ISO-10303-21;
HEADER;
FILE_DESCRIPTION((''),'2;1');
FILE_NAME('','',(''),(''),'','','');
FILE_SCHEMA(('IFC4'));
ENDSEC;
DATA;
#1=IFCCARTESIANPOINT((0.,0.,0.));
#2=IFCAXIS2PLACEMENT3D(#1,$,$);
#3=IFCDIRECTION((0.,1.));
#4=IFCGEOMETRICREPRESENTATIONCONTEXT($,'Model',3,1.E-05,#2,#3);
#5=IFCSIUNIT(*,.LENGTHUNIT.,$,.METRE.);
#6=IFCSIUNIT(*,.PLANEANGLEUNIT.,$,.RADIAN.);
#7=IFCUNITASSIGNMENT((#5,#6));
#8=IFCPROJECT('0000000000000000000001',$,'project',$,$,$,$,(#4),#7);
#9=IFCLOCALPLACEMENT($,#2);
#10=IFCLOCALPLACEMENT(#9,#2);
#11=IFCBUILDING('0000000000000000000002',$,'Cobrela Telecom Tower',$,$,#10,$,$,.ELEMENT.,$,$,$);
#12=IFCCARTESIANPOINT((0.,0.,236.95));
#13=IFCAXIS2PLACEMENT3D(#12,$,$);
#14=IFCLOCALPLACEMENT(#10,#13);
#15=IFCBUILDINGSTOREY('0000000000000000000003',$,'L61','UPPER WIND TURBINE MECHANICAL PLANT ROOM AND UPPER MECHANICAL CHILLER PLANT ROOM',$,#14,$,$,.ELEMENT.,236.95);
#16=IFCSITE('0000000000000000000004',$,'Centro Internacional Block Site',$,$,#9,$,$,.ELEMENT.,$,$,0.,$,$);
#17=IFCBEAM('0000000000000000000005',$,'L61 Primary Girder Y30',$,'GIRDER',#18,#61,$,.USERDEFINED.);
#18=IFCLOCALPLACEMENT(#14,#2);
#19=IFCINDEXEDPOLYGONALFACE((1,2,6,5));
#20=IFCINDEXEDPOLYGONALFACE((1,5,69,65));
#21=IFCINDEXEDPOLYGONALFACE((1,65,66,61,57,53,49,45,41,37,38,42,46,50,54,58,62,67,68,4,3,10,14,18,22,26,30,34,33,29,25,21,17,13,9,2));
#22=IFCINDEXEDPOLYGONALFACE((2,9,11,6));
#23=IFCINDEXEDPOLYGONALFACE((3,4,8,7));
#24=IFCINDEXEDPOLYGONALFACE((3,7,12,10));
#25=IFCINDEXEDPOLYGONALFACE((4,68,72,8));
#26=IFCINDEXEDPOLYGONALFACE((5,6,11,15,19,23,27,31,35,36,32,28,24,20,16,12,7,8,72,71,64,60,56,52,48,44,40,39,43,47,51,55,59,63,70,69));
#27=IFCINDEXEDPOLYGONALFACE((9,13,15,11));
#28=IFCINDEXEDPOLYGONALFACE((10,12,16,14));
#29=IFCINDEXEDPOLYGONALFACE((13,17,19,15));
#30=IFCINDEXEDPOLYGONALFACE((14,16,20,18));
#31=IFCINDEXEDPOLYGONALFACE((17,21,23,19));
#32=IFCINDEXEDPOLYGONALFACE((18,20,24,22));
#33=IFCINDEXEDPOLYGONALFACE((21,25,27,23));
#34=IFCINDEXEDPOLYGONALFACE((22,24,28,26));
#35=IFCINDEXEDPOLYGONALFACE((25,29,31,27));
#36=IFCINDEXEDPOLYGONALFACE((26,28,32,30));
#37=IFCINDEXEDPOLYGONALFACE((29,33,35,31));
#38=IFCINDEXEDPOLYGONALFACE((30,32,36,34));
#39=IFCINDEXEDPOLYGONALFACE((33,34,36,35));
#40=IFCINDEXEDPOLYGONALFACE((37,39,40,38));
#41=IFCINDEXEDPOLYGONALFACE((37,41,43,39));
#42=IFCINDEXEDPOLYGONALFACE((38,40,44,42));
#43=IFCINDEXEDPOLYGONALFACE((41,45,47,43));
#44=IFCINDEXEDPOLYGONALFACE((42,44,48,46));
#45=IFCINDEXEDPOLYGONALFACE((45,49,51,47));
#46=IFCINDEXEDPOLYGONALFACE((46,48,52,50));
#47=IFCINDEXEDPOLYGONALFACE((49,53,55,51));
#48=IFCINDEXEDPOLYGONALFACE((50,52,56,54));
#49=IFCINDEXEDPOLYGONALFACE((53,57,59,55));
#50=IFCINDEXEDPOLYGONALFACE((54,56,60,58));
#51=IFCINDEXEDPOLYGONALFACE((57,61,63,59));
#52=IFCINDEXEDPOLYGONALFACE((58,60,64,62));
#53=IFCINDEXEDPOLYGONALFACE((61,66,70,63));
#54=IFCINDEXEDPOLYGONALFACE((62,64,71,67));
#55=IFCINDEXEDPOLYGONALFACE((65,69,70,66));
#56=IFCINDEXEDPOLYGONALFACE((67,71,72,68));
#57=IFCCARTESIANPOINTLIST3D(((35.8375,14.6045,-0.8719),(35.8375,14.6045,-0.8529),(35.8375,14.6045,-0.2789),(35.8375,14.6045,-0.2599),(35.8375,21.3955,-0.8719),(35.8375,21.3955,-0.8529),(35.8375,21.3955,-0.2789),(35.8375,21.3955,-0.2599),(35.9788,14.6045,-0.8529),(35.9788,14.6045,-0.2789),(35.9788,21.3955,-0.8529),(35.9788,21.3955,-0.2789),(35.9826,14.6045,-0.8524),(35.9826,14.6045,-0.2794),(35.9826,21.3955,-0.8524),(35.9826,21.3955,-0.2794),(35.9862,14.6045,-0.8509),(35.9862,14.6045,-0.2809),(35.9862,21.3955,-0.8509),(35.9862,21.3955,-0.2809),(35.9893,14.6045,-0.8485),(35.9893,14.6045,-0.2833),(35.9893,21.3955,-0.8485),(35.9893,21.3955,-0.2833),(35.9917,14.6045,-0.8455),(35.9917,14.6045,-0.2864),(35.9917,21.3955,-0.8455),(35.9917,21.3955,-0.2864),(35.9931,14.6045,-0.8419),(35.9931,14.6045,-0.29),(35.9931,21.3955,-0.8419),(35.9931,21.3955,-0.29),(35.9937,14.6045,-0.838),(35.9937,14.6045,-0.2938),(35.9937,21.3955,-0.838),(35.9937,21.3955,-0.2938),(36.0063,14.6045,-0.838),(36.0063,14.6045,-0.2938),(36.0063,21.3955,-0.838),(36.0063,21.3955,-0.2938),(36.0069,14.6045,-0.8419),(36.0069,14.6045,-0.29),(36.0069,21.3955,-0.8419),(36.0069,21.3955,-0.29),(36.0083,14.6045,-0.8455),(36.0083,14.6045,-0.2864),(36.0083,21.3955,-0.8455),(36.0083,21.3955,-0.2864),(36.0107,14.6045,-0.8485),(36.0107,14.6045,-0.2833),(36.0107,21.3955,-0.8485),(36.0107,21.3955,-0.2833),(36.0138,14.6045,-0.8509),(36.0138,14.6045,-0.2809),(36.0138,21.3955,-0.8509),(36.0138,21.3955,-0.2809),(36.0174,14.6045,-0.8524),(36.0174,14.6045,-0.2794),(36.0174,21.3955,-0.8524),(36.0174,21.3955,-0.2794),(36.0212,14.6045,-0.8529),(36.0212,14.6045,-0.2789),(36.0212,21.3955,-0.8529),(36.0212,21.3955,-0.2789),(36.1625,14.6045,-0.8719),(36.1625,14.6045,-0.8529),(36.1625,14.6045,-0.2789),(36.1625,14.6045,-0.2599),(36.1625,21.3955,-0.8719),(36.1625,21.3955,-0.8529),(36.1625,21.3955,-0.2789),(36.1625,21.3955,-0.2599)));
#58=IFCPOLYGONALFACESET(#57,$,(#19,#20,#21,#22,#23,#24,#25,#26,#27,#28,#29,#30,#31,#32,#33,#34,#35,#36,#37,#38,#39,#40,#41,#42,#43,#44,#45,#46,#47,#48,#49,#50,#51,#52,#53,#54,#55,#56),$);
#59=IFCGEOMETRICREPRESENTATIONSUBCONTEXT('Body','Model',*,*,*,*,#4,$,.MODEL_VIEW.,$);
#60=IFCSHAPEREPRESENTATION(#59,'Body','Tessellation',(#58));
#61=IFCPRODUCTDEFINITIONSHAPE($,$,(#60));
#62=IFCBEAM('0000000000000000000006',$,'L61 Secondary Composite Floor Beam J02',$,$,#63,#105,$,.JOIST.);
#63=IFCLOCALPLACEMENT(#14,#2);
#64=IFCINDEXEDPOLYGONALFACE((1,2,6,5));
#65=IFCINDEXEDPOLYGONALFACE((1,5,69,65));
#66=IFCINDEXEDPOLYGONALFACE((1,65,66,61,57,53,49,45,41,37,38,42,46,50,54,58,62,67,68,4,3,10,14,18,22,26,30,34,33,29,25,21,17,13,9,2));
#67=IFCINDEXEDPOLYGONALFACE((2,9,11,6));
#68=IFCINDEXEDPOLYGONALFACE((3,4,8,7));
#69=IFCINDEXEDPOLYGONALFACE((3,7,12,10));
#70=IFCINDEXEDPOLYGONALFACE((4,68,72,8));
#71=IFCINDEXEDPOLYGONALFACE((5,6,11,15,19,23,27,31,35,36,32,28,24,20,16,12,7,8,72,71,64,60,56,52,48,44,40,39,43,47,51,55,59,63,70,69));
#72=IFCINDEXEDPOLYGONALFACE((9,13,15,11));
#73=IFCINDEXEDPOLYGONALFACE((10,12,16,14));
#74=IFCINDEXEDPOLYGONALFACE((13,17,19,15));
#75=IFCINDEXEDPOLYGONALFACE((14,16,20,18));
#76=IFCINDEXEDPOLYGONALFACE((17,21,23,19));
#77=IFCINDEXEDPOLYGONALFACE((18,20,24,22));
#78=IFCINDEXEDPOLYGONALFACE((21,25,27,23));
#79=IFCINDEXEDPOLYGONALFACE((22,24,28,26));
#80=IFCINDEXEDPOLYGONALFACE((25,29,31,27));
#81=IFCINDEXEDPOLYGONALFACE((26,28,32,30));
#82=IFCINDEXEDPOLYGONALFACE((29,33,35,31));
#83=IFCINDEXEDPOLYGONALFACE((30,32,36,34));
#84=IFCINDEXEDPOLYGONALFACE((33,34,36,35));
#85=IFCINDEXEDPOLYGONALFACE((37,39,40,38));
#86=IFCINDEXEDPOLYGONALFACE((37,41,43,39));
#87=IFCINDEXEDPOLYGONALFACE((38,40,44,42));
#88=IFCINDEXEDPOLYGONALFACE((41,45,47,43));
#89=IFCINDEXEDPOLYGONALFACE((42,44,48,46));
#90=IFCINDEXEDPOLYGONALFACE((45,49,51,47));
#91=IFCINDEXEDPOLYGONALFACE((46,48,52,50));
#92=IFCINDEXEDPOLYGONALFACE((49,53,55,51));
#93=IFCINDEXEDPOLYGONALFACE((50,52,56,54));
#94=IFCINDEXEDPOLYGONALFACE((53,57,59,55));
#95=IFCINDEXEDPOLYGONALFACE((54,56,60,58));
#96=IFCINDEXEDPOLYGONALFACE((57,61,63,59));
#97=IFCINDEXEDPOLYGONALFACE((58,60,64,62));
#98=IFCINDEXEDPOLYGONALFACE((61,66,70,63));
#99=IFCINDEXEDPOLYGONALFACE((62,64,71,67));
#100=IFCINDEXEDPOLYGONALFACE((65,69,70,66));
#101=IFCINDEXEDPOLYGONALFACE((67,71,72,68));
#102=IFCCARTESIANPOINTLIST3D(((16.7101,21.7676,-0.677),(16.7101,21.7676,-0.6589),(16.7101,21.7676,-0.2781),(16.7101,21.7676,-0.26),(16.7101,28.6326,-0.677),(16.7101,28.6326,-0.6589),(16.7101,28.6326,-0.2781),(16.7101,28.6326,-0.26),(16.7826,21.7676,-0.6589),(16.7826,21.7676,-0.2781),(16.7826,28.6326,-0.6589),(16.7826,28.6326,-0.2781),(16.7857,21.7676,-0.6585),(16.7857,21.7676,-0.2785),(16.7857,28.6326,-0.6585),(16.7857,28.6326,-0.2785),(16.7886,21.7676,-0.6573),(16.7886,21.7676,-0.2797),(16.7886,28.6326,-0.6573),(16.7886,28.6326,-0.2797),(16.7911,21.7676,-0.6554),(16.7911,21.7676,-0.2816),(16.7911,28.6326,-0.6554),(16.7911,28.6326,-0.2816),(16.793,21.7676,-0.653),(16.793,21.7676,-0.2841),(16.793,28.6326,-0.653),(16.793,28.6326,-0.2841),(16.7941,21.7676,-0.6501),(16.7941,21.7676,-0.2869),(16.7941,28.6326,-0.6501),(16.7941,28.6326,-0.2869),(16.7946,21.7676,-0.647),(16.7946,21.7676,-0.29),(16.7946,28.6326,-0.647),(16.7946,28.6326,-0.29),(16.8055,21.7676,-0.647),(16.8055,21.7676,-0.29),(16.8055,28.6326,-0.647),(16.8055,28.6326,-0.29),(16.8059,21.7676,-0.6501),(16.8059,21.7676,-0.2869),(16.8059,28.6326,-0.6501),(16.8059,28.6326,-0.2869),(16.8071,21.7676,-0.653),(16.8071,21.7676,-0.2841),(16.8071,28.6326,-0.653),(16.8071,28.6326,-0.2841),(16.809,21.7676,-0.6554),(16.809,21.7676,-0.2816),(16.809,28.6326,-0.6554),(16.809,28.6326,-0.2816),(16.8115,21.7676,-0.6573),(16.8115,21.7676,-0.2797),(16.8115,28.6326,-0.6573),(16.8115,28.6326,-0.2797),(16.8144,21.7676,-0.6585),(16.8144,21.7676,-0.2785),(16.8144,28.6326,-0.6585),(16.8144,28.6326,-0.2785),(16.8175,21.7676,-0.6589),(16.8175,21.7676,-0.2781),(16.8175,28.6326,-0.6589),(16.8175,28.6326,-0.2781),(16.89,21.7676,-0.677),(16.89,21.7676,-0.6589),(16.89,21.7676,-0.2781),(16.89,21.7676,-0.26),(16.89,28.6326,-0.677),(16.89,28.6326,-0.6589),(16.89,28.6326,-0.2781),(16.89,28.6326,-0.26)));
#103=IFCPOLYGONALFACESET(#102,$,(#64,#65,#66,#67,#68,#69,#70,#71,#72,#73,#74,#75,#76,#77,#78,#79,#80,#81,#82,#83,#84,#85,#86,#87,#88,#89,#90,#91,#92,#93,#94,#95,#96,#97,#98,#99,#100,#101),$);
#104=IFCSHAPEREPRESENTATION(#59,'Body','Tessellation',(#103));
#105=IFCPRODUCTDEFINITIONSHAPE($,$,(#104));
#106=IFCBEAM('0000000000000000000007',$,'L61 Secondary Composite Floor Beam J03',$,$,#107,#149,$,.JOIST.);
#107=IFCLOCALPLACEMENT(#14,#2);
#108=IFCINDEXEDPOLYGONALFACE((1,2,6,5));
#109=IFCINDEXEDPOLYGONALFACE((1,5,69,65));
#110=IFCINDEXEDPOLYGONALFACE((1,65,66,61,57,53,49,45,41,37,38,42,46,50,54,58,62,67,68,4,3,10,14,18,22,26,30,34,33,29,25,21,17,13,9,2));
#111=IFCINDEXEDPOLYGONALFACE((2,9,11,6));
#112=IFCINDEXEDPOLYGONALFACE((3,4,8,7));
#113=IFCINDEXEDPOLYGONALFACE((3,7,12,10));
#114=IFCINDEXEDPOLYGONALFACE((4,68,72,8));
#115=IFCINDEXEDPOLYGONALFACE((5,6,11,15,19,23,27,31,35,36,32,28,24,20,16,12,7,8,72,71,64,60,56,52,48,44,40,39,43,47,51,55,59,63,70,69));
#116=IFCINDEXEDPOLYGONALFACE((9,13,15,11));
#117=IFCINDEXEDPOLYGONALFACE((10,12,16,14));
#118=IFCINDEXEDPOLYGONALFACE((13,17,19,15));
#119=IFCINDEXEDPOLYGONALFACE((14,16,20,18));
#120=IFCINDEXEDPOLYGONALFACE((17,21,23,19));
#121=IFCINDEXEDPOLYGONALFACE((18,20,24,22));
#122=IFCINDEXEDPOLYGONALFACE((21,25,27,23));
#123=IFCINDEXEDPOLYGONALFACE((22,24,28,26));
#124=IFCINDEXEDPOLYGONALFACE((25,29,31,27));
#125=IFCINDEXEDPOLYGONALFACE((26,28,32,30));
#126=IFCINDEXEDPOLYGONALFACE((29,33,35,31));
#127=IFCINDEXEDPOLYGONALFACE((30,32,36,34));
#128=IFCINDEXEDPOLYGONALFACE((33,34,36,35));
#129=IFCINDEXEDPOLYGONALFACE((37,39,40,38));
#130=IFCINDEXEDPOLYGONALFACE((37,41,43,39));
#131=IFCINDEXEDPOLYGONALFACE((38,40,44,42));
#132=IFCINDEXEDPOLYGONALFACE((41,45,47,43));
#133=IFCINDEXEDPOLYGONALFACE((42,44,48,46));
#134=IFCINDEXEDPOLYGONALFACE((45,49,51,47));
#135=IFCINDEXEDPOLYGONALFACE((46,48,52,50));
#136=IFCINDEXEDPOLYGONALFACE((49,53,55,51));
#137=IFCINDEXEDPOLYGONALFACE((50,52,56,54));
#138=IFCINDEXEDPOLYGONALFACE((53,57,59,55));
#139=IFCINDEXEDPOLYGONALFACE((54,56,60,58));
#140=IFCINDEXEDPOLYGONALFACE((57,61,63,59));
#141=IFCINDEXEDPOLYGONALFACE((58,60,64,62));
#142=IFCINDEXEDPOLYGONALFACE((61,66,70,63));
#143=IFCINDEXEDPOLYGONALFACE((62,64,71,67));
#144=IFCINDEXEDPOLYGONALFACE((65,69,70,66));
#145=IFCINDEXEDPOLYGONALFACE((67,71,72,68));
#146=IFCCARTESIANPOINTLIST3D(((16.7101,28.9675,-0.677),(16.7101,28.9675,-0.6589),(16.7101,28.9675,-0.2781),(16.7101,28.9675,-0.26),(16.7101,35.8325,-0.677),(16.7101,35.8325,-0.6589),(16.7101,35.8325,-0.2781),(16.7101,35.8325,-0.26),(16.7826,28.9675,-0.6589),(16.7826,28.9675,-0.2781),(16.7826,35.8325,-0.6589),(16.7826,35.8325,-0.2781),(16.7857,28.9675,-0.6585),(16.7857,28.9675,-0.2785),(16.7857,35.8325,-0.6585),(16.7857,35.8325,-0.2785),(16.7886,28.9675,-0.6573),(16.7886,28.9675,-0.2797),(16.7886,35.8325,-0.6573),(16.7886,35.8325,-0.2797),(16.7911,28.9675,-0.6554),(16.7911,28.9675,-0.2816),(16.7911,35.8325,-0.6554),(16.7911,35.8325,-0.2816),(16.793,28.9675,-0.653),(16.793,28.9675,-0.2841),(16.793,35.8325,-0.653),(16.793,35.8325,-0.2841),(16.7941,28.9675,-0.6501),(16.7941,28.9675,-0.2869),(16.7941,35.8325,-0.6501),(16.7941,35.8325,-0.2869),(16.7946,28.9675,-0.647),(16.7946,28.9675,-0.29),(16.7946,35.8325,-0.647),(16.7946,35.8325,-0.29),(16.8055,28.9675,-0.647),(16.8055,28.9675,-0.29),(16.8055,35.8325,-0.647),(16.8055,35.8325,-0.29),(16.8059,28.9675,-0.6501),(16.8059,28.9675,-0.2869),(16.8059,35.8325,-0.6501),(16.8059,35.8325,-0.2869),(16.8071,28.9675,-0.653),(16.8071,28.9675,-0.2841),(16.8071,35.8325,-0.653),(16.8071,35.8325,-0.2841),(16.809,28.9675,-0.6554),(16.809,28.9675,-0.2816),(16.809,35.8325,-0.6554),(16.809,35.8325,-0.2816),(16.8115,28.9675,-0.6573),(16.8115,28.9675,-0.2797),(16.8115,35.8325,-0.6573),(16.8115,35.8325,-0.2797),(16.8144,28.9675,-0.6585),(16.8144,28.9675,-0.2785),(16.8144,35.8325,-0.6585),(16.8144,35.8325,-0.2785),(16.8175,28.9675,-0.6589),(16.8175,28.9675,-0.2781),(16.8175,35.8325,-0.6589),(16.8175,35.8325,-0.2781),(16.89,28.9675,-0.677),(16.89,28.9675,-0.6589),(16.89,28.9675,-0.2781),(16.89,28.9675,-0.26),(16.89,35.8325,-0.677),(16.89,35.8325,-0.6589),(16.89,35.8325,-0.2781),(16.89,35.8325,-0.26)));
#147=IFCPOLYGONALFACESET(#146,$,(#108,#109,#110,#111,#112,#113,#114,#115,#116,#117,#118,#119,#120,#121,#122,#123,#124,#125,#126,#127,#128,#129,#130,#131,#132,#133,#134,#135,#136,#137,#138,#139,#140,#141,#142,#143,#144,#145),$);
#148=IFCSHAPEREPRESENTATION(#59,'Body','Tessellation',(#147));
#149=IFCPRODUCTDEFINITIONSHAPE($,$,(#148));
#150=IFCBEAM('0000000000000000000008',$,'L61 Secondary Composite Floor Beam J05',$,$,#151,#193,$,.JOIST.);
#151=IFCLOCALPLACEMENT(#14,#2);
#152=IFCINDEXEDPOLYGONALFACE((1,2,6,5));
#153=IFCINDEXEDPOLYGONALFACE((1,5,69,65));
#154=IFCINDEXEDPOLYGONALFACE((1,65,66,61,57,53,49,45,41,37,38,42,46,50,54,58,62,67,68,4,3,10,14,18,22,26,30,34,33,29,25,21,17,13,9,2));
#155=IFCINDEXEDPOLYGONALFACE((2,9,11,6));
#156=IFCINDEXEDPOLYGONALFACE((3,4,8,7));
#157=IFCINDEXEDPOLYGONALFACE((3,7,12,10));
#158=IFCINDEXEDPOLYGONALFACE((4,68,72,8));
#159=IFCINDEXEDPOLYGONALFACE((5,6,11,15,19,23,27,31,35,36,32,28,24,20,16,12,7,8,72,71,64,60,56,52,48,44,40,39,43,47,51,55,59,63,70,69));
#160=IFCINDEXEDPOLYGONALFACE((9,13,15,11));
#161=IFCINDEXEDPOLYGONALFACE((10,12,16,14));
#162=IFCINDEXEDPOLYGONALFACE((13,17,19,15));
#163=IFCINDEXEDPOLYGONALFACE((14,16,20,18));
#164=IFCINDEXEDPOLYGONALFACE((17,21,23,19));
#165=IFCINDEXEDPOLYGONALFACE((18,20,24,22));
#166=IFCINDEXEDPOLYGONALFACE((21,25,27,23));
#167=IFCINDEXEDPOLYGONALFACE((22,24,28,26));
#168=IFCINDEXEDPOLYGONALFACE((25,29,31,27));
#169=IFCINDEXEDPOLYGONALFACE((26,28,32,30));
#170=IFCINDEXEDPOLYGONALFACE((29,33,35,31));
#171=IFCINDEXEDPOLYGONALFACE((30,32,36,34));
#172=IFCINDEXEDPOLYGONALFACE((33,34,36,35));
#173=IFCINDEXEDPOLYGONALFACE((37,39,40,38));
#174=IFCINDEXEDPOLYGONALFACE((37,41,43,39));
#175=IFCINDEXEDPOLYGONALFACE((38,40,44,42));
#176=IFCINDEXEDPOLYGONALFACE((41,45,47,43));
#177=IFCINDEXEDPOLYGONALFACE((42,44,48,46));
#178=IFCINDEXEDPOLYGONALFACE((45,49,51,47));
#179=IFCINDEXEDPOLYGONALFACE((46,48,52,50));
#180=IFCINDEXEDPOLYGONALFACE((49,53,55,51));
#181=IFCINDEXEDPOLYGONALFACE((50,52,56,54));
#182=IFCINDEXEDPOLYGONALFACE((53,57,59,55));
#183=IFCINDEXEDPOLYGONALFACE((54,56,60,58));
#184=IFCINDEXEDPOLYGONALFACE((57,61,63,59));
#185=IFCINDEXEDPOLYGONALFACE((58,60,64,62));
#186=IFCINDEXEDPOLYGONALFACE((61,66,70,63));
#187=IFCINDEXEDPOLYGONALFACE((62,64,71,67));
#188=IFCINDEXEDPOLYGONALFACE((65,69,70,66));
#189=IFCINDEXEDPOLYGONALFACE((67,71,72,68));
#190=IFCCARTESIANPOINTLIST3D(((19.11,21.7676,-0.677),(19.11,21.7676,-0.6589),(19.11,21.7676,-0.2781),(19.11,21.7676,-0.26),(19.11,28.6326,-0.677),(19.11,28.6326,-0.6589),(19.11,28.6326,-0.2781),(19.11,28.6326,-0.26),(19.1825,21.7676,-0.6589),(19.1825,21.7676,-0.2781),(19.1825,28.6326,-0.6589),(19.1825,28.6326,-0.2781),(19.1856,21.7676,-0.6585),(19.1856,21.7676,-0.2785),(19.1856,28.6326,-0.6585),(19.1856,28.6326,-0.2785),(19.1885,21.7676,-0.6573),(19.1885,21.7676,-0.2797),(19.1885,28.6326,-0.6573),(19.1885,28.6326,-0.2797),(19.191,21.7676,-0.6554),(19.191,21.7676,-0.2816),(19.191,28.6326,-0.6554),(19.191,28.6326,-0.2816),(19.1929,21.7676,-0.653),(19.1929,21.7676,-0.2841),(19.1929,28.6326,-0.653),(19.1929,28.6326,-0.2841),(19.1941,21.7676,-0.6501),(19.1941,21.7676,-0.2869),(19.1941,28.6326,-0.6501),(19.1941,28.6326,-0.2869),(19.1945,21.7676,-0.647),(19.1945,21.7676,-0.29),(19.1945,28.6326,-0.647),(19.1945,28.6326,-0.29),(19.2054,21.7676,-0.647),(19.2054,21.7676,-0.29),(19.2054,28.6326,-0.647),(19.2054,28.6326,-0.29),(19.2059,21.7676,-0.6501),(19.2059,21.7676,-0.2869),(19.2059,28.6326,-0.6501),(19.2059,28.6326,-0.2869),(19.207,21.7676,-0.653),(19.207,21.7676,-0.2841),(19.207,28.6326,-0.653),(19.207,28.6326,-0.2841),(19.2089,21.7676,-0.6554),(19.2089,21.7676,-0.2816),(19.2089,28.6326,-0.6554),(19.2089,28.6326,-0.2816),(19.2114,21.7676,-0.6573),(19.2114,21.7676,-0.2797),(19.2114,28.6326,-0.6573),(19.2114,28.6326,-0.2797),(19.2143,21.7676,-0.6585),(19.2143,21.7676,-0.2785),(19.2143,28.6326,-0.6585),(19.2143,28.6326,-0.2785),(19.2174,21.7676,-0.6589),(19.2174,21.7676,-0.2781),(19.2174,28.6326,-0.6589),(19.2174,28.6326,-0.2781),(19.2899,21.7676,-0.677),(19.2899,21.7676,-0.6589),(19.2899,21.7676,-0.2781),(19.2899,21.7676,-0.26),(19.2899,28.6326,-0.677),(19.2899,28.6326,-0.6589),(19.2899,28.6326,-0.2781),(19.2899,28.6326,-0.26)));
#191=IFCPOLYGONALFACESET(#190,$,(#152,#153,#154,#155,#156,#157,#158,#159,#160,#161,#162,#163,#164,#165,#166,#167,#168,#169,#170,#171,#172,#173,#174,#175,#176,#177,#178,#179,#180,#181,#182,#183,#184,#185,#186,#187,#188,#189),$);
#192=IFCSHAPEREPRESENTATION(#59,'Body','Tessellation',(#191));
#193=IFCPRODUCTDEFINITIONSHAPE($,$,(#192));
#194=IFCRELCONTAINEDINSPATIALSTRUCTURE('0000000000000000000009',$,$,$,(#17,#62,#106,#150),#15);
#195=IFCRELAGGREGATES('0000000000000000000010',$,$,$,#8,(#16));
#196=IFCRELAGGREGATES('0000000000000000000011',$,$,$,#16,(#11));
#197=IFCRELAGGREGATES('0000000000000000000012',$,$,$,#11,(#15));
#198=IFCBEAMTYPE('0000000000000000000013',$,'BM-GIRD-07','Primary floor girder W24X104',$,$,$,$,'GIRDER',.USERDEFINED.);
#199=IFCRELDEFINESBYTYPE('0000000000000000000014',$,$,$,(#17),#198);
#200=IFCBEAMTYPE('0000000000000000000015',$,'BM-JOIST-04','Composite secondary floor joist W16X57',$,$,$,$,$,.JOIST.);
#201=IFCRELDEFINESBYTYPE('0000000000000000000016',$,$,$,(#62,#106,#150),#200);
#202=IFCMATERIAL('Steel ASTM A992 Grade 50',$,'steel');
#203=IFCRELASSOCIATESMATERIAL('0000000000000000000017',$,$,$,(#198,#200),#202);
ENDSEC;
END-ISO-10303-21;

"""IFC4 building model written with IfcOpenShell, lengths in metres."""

from ifc_helpers import new_model, si_unit, direction, frame, origin, origin_2d, place, context, subcontext, project, spatial, i_section, extrude, material, material_profile, profile_set, type_object, element, save


model = new_model("IFC4")

# Units and contexts
model_context = context("Model", 3, precision=1e-05, world=origin(), true_north=direction((0.0, 1.0)))
body_context = subcontext(model_context, "Body", "Model", "MODEL_VIEW")
ifc_project = project(units=[si_unit("LENGTHUNIT", "METRE"), si_unit("PLANEANGLEUNIT", "RADIAN")], contexts=[model_context])

# Site, building, storey
site_placement = place(None, origin())
site = spatial("IfcSite", under=ifc_project, at=site_placement, Name="Centro Internacional Block Site", CompositionType="ELEMENT", RefElevation=0.0)
building_placement = place(site_placement, origin())
building = spatial("IfcBuilding", under=site, at=building_placement, Name="Cobrela Telecom Tower", CompositionType="ELEMENT")
storey_placement = place(building_placement, frame((0.0, 0.0, 236.95)))
storey = spatial("IfcBuildingStorey", under=building, at=storey_placement, Name="L61", Description="UPPER WIND TURBINE MECHANICAL PLANT ROOM AND UPPER MECHANICAL CHILLER PLANT ROOM", CompositionType="ELEMENT", Elevation=236.95)

# Shared definitions
ifc_material_1 = material(Name="Steel ASTM A992 Grade 50", Category="steel")

# Beams
ifc_material_profile_1 = material_profile(ifc_material_1, i_section(OverallWidth=0.325, OverallDepth=0.6121, WebThickness=0.0127, FlangeThickness=0.019, FilletRadius=0.0149, at=origin_2d()), Name="W24X104")
ifc_profile_set_1 = profile_set([ifc_material_profile_1], Name="Steel ASTM A992 Grade 50")
beam_type_1 = type_object("IfcBeamType", Name="BM-GIRD-07", Description="Primary floor girder W24X104", ElementType="GIRDER", PredefinedType="USERDEFINED", material=ifc_profile_set_1)
for number, where, z_axis, x_axis, name in (
    (1, (36.0, 14.6045, -0.5659), (0.0, 1.0, 0.0), (-1.0, 0.0, 0.0), "L61 Primary Girder Y30"),
):
    element("IfcBeam", number, at=place(storey_placement, frame(where, z_axis=z_axis, x_axis=x_axis)), inside=storey, type_object=beam_type_1, Name=name, ObjectType="GIRDER", PredefinedType="USERDEFINED", context=body_context, shape_type="SweptSolid", body=[
        extrude(i_section(OverallWidth=0.325, OverallDepth=0.6121, WebThickness=0.0127, FlangeThickness=0.019, FilletRadius=0.0149, at=origin_2d()), origin(), (0.0, 0.0, 1.0), 6.791),
    ])
ifc_material_profile_2 = material_profile(ifc_material_1, i_section(OverallWidth=0.1799, OverallDepth=0.417, WebThickness=0.011, FlangeThickness=0.0181, FilletRadius=0.012, at=origin_2d()), Name="W16X57")
ifc_profile_set_2 = profile_set([ifc_material_profile_2], Name="Steel ASTM A992 Grade 50")
beam_type_2 = type_object("IfcBeamType", Name="BM-JOIST-04", Description="Composite secondary floor joist W16X57", PredefinedType="JOIST", material=ifc_profile_set_2)
for number, where, z_axis, x_axis, name in (
    (2, (16.8, 21.7676, -0.4685), (0.0, 1.0, 0.0), (-1.0, 0.0, 0.0), "L61 Secondary Composite Floor Beam J02"),
    (3, (16.8, 28.9675, -0.4685), (0.0, 1.0, 0.0), (-1.0, 0.0, 0.0), "L61 Secondary Composite Floor Beam J03"),
    (4, (19.2, 21.7676, -0.4685), (0.0, 1.0, 0.0), (-1.0, 0.0, 0.0), "L61 Secondary Composite Floor Beam J05"),
):
    element("IfcBeam", number, at=place(storey_placement, frame(where, z_axis=z_axis, x_axis=x_axis)), inside=storey, type_object=beam_type_2, Name=name, PredefinedType="JOIST", context=body_context, shape_type="SweptSolid", body=[
        extrude(i_section(OverallWidth=0.1799, OverallDepth=0.417, WebThickness=0.011, FlangeThickness=0.0181, FilletRadius=0.012, at=origin_2d()), origin(), (0.0, 0.0, 1.0), 6.865),
    ])

save(model, "model.ifc")
